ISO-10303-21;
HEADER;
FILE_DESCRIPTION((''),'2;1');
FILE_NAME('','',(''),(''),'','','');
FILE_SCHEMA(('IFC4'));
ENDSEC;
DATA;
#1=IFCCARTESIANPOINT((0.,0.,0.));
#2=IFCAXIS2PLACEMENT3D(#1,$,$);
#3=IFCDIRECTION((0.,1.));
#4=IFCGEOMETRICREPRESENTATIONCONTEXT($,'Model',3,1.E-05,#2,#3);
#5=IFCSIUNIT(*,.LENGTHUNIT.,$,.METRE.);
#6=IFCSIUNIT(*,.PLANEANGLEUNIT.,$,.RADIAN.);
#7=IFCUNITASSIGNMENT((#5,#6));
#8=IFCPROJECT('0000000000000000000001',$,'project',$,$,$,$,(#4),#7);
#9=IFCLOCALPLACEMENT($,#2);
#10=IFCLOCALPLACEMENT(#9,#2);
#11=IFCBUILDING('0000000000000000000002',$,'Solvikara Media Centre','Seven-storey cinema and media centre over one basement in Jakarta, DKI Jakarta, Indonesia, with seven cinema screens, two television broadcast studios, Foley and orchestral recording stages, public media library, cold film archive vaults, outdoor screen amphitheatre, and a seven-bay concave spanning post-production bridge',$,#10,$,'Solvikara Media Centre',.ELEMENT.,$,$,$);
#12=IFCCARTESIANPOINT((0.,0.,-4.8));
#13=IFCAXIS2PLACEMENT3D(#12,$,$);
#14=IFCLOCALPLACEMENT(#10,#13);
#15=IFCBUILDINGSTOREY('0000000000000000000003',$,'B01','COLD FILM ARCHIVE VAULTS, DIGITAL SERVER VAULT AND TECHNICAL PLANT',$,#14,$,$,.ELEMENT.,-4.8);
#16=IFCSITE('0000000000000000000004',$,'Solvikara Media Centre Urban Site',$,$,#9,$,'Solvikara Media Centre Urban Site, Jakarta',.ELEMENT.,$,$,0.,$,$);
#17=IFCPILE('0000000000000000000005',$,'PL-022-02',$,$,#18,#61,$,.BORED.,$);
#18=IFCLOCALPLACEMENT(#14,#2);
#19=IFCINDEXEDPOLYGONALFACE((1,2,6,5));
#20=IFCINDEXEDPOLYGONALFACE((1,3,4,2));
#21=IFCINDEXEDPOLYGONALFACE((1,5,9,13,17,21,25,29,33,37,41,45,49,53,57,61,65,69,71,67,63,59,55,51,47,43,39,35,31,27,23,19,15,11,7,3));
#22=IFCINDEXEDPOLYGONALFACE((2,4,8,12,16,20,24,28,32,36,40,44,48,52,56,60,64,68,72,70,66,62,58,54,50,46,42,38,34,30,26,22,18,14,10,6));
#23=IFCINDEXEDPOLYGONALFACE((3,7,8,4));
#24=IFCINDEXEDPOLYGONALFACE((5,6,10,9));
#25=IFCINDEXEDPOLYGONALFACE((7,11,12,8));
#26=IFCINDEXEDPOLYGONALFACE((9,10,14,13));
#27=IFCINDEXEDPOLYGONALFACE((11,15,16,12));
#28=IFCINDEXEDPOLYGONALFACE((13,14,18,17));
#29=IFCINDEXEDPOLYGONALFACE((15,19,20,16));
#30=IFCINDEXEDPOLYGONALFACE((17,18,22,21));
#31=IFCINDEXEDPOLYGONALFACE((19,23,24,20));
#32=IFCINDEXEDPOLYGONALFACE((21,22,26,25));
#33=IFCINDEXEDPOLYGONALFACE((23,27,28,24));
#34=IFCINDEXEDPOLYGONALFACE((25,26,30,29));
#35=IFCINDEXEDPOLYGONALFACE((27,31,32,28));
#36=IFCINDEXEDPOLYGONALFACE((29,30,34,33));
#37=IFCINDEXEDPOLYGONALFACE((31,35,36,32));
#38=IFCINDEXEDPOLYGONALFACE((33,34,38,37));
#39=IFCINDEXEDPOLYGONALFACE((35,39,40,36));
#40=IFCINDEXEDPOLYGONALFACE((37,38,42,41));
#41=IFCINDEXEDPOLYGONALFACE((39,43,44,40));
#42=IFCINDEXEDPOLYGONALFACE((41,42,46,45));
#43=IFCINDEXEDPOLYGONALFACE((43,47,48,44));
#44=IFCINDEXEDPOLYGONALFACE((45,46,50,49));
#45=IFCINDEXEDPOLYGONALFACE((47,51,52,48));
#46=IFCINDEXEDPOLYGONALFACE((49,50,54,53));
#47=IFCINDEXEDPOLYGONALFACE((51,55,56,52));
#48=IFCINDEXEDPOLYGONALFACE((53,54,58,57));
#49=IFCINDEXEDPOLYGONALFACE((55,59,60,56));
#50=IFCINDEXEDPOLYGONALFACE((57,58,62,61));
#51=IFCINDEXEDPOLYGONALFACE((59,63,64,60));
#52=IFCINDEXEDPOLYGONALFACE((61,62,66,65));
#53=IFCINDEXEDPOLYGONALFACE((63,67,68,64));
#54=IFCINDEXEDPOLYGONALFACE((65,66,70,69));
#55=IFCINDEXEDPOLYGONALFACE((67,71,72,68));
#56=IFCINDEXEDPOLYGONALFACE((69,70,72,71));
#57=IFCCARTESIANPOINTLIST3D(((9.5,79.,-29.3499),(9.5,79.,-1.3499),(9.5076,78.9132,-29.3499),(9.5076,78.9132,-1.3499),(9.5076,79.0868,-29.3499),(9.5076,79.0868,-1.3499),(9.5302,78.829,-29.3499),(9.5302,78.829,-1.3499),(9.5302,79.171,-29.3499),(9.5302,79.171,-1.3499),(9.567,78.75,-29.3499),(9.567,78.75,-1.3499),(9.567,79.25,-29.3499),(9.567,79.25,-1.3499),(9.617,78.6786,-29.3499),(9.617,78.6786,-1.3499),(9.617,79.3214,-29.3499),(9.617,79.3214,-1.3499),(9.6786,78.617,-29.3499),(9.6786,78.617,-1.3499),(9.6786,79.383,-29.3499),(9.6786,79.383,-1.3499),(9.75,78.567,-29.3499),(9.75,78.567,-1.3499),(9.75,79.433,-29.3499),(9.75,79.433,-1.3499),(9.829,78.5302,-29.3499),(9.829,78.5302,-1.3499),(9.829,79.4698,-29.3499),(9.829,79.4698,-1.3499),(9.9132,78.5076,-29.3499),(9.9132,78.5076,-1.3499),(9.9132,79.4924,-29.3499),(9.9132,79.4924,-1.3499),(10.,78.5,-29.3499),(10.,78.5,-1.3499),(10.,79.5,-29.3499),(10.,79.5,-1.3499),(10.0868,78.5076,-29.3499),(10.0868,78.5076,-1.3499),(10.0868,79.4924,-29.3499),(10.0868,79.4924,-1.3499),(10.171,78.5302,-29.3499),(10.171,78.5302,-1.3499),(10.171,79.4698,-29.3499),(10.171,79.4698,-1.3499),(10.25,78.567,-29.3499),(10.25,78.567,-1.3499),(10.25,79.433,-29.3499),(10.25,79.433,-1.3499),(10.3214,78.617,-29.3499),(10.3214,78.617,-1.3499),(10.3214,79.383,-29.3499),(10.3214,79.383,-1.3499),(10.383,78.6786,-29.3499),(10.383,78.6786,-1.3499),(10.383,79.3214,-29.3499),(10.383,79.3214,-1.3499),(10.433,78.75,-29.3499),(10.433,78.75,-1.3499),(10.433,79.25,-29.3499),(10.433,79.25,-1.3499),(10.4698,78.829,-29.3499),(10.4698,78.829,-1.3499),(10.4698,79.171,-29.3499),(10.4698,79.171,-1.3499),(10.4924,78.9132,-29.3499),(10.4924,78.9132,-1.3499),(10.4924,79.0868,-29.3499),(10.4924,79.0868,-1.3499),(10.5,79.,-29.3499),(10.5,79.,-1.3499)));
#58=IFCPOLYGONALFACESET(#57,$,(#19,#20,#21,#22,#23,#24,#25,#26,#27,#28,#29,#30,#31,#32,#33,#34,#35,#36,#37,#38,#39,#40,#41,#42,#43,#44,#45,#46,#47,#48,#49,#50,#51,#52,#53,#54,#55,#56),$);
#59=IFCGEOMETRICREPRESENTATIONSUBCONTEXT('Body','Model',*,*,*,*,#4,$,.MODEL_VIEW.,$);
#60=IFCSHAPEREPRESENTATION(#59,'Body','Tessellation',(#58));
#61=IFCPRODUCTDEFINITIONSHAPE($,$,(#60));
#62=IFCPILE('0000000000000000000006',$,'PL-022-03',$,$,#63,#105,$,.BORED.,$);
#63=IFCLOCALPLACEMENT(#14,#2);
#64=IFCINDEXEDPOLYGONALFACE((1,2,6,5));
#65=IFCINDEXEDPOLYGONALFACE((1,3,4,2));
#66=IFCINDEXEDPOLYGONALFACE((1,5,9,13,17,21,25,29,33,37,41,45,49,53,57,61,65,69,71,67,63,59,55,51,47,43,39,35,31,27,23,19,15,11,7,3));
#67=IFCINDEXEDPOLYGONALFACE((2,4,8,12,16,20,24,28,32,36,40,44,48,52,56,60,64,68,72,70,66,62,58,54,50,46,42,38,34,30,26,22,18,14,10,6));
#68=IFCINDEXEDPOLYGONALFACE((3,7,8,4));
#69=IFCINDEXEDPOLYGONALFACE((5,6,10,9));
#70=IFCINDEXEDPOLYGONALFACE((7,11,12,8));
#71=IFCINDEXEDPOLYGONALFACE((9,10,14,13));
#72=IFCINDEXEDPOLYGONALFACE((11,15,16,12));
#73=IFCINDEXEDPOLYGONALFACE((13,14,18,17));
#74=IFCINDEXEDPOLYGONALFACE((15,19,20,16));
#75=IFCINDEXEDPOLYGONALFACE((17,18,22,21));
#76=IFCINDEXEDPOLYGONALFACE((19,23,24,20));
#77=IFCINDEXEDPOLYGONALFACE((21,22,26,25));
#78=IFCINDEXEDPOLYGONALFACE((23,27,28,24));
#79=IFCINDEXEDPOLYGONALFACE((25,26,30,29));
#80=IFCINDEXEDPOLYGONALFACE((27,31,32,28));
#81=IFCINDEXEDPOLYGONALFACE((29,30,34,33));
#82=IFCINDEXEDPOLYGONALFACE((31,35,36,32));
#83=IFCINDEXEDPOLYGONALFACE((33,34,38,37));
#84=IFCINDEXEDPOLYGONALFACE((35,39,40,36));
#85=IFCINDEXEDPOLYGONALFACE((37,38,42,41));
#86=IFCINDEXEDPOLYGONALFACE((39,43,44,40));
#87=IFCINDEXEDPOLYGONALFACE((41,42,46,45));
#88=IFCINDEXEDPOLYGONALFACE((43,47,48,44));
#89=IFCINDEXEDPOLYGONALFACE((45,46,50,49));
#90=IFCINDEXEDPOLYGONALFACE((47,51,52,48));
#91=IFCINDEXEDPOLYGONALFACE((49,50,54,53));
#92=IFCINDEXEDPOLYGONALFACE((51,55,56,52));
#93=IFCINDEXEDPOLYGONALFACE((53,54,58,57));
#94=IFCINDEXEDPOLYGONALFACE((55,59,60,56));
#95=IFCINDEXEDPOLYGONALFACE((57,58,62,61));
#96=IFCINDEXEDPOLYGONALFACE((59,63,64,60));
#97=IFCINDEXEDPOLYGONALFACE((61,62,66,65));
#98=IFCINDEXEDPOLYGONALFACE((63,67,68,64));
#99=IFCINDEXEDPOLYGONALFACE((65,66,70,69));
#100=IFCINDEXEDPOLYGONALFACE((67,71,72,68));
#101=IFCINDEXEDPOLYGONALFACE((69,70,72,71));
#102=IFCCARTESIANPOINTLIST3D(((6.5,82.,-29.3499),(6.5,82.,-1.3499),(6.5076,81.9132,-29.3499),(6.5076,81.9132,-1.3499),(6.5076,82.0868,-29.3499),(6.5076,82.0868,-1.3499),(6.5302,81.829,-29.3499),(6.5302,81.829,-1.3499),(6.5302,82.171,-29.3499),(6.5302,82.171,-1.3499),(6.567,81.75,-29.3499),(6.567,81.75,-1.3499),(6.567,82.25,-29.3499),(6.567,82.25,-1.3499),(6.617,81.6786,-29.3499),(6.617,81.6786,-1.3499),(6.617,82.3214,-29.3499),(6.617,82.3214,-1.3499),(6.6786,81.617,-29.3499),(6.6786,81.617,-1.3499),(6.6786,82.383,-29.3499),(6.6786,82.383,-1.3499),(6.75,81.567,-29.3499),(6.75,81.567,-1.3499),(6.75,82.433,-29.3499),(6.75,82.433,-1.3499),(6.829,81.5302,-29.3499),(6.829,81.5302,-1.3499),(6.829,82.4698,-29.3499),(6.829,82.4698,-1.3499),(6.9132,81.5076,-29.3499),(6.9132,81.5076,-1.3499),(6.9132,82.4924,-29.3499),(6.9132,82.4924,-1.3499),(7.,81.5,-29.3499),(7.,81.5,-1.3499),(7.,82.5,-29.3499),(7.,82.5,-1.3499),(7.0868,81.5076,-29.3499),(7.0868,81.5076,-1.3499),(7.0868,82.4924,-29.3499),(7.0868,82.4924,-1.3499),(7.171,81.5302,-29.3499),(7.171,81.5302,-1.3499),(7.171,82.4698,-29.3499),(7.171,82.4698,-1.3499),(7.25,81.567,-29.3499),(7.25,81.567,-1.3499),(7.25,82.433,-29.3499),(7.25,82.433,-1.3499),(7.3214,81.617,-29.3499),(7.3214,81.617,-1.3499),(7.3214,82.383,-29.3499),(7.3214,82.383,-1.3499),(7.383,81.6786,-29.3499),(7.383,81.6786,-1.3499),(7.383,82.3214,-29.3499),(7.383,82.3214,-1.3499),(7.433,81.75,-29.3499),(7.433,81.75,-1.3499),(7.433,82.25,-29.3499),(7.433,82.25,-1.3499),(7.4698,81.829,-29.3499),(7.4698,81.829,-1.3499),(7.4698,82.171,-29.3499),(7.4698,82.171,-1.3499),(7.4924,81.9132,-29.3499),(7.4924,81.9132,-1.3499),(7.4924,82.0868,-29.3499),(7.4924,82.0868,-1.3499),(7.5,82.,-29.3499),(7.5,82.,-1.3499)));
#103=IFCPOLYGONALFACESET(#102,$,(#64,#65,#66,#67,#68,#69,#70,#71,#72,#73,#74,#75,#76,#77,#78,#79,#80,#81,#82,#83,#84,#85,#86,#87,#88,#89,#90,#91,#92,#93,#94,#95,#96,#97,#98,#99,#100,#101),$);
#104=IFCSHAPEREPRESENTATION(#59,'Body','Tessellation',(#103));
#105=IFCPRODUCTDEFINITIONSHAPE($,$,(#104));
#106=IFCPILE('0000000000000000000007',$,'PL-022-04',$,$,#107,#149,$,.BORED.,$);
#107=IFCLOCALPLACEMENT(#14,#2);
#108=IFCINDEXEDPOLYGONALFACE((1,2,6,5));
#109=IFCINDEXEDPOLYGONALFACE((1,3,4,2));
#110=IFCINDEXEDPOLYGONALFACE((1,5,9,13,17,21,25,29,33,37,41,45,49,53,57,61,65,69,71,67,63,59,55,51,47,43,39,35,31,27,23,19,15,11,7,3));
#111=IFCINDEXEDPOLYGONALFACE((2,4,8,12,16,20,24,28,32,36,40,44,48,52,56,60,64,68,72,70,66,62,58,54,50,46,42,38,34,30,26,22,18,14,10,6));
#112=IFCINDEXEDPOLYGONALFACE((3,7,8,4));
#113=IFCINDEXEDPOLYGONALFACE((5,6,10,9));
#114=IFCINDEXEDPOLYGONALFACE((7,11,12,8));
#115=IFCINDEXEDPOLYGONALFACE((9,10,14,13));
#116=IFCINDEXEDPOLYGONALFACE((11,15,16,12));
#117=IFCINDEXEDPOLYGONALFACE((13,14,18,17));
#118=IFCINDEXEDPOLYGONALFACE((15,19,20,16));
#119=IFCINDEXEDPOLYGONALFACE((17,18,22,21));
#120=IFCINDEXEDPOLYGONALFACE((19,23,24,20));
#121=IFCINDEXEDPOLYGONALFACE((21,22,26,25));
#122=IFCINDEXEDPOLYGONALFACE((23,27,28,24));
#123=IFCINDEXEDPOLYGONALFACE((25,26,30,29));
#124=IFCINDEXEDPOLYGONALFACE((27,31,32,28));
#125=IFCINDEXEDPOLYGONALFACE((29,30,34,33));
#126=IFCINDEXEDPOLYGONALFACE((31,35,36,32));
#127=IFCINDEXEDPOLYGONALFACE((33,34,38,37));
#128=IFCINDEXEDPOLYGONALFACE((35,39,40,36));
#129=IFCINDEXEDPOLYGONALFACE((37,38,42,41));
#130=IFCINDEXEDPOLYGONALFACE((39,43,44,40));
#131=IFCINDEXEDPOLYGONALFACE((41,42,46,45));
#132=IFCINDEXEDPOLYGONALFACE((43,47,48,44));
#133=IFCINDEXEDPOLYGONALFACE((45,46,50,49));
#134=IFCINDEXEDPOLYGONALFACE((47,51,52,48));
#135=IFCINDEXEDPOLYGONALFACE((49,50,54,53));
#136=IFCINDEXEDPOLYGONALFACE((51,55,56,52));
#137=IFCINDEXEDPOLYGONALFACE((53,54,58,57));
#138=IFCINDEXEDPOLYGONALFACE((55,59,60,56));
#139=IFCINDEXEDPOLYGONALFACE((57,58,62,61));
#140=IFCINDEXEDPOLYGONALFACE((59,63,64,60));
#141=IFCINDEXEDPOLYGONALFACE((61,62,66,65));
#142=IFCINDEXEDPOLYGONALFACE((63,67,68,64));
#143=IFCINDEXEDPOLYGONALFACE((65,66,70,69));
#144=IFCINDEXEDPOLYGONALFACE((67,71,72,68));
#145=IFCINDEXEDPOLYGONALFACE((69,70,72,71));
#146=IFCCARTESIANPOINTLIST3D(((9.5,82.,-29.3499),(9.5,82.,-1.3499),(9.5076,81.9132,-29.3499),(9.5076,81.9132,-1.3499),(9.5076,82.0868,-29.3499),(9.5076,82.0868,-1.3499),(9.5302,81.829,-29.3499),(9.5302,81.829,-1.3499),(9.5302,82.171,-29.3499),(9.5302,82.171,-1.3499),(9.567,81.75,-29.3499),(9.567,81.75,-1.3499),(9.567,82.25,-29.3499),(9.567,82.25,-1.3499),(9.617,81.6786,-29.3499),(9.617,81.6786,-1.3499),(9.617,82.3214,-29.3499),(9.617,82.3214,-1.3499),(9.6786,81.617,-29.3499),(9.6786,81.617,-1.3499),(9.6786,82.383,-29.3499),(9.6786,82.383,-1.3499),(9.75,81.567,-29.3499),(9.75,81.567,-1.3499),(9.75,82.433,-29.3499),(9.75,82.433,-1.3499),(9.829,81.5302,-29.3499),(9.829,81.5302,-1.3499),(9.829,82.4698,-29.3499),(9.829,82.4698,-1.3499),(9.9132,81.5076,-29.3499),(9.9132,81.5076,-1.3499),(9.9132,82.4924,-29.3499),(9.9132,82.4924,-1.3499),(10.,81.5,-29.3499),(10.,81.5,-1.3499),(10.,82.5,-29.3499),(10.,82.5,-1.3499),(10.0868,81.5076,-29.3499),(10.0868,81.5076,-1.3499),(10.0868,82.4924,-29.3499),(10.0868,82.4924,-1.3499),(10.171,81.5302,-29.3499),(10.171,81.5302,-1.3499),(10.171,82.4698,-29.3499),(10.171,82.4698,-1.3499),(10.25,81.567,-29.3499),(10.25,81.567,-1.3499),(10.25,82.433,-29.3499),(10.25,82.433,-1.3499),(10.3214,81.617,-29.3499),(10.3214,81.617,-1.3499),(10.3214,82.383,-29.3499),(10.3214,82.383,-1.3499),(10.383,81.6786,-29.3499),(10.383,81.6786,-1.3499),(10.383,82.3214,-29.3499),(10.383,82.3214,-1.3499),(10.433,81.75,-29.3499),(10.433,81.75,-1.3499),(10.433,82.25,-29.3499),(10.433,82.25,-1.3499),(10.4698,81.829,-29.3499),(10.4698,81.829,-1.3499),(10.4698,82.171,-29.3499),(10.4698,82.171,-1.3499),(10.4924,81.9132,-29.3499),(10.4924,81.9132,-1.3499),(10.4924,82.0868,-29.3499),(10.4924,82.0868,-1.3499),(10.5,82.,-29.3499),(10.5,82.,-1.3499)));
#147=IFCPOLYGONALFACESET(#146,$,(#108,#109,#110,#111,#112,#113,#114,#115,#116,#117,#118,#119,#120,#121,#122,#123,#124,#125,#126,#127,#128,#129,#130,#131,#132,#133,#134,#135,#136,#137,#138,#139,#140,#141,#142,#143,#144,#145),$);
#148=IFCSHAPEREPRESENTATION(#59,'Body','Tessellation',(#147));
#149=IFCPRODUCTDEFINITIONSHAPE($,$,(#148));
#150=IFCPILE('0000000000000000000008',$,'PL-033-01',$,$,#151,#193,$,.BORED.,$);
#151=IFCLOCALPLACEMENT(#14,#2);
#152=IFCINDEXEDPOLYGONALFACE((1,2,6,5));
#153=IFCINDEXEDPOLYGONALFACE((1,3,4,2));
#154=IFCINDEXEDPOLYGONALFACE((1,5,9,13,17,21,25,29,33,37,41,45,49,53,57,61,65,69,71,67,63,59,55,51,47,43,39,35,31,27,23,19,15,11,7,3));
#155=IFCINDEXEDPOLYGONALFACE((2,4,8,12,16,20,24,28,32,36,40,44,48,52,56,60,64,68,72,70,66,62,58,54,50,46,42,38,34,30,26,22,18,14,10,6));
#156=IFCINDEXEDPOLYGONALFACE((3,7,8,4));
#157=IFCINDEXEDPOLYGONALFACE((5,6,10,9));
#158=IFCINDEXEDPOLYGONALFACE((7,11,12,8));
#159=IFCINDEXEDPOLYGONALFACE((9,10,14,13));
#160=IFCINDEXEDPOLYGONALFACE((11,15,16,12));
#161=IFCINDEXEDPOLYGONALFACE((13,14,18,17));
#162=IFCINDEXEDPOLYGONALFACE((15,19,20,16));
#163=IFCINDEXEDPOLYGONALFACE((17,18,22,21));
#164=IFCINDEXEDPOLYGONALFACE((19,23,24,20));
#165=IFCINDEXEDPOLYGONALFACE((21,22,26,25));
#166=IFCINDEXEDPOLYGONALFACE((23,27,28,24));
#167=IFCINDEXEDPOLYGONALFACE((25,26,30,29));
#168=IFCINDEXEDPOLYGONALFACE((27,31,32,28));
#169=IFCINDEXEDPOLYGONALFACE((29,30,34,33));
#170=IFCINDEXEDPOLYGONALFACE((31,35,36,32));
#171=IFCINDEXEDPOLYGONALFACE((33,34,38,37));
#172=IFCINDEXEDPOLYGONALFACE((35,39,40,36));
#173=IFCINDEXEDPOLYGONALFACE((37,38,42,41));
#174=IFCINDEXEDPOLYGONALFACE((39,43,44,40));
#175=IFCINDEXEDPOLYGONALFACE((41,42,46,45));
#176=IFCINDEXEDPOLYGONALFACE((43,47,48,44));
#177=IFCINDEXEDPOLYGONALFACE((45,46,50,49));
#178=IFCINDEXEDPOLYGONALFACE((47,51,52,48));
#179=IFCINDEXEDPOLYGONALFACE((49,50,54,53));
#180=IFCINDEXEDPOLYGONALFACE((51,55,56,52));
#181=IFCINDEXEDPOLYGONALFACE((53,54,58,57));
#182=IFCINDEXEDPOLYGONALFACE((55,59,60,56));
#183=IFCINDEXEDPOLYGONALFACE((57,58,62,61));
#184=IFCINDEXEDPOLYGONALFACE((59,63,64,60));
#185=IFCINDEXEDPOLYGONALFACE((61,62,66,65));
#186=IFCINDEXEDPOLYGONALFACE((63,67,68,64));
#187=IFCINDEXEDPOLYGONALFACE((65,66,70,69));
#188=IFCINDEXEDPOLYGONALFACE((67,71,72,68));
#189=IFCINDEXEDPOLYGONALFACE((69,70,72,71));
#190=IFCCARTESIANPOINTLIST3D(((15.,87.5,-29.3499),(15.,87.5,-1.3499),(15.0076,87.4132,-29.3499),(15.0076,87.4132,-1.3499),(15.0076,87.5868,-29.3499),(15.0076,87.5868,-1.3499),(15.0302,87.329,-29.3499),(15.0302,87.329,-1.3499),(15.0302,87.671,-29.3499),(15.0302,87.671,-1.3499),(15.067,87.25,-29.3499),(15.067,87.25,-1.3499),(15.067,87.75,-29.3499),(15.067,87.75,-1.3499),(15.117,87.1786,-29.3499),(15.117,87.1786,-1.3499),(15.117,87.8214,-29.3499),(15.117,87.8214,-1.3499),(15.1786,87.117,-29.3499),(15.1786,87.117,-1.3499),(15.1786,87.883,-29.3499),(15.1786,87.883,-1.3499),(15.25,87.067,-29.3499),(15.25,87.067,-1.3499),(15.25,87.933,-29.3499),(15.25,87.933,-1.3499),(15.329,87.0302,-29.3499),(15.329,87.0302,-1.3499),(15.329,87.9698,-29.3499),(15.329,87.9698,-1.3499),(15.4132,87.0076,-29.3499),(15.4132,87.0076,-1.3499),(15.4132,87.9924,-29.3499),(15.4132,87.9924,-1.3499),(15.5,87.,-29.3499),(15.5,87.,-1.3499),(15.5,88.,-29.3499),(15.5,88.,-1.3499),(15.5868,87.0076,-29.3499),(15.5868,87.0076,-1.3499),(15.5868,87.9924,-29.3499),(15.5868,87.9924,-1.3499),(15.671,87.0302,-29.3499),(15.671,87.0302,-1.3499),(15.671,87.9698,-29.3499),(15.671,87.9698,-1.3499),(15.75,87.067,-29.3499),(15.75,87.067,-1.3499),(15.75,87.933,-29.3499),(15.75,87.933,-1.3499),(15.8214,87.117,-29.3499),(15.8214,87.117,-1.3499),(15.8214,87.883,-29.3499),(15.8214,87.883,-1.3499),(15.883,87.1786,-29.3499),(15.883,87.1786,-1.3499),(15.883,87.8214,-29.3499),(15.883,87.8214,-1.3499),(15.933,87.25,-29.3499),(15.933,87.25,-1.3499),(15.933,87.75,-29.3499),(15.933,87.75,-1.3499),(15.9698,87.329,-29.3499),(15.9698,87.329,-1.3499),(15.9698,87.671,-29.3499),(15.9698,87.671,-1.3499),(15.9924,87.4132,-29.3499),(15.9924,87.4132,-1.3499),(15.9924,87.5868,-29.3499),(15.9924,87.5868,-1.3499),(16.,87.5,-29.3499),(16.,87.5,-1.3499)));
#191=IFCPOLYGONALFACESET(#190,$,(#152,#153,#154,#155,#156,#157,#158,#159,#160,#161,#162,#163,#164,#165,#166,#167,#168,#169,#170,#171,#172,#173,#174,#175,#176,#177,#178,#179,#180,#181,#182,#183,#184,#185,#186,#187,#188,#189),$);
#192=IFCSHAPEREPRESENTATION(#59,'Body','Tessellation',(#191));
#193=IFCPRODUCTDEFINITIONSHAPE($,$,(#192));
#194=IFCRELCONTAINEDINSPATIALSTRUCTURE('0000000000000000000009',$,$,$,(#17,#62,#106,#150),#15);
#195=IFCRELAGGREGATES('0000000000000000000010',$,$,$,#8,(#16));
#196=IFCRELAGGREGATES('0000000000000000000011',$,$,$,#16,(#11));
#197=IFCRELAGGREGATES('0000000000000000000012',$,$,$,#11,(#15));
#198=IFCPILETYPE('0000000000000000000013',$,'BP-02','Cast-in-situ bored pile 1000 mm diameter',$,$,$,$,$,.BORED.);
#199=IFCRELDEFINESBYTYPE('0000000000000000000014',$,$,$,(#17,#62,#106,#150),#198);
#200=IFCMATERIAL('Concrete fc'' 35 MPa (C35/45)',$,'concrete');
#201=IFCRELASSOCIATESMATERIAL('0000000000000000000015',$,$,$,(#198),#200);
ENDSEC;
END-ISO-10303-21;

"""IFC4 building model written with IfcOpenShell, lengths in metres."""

from ifc_helpers import new_model, si_unit, direction, frame, origin, origin_2d, place, context, subcontext, project, spatial, circle, extrude, material, material_profile, profile_set, type_object, element, save


model = new_model("IFC4")

# Units and contexts
model_context = context("Model", 3, precision=1e-05, world=origin(), true_north=direction((0.0, 1.0)))
body_context = subcontext(model_context, "Body", "Model", "MODEL_VIEW")
ifc_project = project(units=[si_unit("LENGTHUNIT", "METRE"), si_unit("PLANEANGLEUNIT", "RADIAN")], contexts=[model_context])

# Site, building, storey
site_placement = place(None, origin())
site = spatial("IfcSite", under=ifc_project, at=site_placement, Name="Solvikara Media Centre Urban Site", LongName="Solvikara Media Centre Urban Site, Jakarta", CompositionType="ELEMENT", RefElevation=0.0)
building_placement = place(site_placement, origin())
building = spatial("IfcBuilding", under=site, at=building_placement, Name="Solvikara Media Centre", Description="Seven-storey cinema and media centre over one basement in Jakarta, DKI Jakarta, Indonesia, with seven cinema screens, two television broadcast studios, Foley and orchestral recording stages, public media library, cold film archive vaults, outdoor screen amphitheatre, and a seven-bay concave spanning post-production bridge", LongName="Solvikara Media Centre", CompositionType="ELEMENT")
storey_placement = place(building_placement, frame((0.0, 0.0, -4.8)))
storey = spatial("IfcBuildingStorey", under=building, at=storey_placement, Name="B01", Description="COLD FILM ARCHIVE VAULTS, DIGITAL SERVER VAULT AND TECHNICAL PLANT", CompositionType="ELEMENT", Elevation=-4.8)

# Piles
ifc_material_1 = material(Name="Concrete fc' 35 MPa (C35/45)", Category="concrete")
ifc_material_profile_1 = material_profile(ifc_material_1, circle(Radius=0.5, at=origin_2d()), Name="BORED PILE D1000")
ifc_profile_set_1 = profile_set([ifc_material_profile_1], Name="Concrete fc' 35 MPa (C35/45)")
pile_type_1 = type_object("IfcPileType", Name="BP-02", Description="Cast-in-situ bored pile 1000 mm diameter", PredefinedType="BORED", material=ifc_profile_set_1)
for number, where, z_axis, x_axis, name in (
    (1, (10.0, 79.0, -1.3499), (0.0, 0.0, -1.0), (1.0, 0.0, 0.0), "PL-022-02"),
    (2, (7.0, 82.0, -1.3499), (0.0, 0.0, -1.0), (1.0, 0.0, 0.0), "PL-022-03"),
    (3, (10.0, 82.0, -1.3499), (0.0, 0.0, -1.0), (1.0, 0.0, 0.0), "PL-022-04"),
    (4, (15.5, 87.5, -1.3499), (0.0, 0.0, -1.0), (1.0, 0.0, 0.0), "PL-033-01"),
):
    element("IfcPile", number, at=place(storey_placement, frame(where, z_axis=z_axis, x_axis=x_axis)), inside=storey, type_object=pile_type_1, Name=name, PredefinedType="BORED", context=body_context, shape_type="SweptSolid", body=[
        extrude(circle(Radius=0.5, at=origin_2d()), origin(), (0.0, 0.0, 1.0), 28.0),
    ])

save(model, "model.ifc")
